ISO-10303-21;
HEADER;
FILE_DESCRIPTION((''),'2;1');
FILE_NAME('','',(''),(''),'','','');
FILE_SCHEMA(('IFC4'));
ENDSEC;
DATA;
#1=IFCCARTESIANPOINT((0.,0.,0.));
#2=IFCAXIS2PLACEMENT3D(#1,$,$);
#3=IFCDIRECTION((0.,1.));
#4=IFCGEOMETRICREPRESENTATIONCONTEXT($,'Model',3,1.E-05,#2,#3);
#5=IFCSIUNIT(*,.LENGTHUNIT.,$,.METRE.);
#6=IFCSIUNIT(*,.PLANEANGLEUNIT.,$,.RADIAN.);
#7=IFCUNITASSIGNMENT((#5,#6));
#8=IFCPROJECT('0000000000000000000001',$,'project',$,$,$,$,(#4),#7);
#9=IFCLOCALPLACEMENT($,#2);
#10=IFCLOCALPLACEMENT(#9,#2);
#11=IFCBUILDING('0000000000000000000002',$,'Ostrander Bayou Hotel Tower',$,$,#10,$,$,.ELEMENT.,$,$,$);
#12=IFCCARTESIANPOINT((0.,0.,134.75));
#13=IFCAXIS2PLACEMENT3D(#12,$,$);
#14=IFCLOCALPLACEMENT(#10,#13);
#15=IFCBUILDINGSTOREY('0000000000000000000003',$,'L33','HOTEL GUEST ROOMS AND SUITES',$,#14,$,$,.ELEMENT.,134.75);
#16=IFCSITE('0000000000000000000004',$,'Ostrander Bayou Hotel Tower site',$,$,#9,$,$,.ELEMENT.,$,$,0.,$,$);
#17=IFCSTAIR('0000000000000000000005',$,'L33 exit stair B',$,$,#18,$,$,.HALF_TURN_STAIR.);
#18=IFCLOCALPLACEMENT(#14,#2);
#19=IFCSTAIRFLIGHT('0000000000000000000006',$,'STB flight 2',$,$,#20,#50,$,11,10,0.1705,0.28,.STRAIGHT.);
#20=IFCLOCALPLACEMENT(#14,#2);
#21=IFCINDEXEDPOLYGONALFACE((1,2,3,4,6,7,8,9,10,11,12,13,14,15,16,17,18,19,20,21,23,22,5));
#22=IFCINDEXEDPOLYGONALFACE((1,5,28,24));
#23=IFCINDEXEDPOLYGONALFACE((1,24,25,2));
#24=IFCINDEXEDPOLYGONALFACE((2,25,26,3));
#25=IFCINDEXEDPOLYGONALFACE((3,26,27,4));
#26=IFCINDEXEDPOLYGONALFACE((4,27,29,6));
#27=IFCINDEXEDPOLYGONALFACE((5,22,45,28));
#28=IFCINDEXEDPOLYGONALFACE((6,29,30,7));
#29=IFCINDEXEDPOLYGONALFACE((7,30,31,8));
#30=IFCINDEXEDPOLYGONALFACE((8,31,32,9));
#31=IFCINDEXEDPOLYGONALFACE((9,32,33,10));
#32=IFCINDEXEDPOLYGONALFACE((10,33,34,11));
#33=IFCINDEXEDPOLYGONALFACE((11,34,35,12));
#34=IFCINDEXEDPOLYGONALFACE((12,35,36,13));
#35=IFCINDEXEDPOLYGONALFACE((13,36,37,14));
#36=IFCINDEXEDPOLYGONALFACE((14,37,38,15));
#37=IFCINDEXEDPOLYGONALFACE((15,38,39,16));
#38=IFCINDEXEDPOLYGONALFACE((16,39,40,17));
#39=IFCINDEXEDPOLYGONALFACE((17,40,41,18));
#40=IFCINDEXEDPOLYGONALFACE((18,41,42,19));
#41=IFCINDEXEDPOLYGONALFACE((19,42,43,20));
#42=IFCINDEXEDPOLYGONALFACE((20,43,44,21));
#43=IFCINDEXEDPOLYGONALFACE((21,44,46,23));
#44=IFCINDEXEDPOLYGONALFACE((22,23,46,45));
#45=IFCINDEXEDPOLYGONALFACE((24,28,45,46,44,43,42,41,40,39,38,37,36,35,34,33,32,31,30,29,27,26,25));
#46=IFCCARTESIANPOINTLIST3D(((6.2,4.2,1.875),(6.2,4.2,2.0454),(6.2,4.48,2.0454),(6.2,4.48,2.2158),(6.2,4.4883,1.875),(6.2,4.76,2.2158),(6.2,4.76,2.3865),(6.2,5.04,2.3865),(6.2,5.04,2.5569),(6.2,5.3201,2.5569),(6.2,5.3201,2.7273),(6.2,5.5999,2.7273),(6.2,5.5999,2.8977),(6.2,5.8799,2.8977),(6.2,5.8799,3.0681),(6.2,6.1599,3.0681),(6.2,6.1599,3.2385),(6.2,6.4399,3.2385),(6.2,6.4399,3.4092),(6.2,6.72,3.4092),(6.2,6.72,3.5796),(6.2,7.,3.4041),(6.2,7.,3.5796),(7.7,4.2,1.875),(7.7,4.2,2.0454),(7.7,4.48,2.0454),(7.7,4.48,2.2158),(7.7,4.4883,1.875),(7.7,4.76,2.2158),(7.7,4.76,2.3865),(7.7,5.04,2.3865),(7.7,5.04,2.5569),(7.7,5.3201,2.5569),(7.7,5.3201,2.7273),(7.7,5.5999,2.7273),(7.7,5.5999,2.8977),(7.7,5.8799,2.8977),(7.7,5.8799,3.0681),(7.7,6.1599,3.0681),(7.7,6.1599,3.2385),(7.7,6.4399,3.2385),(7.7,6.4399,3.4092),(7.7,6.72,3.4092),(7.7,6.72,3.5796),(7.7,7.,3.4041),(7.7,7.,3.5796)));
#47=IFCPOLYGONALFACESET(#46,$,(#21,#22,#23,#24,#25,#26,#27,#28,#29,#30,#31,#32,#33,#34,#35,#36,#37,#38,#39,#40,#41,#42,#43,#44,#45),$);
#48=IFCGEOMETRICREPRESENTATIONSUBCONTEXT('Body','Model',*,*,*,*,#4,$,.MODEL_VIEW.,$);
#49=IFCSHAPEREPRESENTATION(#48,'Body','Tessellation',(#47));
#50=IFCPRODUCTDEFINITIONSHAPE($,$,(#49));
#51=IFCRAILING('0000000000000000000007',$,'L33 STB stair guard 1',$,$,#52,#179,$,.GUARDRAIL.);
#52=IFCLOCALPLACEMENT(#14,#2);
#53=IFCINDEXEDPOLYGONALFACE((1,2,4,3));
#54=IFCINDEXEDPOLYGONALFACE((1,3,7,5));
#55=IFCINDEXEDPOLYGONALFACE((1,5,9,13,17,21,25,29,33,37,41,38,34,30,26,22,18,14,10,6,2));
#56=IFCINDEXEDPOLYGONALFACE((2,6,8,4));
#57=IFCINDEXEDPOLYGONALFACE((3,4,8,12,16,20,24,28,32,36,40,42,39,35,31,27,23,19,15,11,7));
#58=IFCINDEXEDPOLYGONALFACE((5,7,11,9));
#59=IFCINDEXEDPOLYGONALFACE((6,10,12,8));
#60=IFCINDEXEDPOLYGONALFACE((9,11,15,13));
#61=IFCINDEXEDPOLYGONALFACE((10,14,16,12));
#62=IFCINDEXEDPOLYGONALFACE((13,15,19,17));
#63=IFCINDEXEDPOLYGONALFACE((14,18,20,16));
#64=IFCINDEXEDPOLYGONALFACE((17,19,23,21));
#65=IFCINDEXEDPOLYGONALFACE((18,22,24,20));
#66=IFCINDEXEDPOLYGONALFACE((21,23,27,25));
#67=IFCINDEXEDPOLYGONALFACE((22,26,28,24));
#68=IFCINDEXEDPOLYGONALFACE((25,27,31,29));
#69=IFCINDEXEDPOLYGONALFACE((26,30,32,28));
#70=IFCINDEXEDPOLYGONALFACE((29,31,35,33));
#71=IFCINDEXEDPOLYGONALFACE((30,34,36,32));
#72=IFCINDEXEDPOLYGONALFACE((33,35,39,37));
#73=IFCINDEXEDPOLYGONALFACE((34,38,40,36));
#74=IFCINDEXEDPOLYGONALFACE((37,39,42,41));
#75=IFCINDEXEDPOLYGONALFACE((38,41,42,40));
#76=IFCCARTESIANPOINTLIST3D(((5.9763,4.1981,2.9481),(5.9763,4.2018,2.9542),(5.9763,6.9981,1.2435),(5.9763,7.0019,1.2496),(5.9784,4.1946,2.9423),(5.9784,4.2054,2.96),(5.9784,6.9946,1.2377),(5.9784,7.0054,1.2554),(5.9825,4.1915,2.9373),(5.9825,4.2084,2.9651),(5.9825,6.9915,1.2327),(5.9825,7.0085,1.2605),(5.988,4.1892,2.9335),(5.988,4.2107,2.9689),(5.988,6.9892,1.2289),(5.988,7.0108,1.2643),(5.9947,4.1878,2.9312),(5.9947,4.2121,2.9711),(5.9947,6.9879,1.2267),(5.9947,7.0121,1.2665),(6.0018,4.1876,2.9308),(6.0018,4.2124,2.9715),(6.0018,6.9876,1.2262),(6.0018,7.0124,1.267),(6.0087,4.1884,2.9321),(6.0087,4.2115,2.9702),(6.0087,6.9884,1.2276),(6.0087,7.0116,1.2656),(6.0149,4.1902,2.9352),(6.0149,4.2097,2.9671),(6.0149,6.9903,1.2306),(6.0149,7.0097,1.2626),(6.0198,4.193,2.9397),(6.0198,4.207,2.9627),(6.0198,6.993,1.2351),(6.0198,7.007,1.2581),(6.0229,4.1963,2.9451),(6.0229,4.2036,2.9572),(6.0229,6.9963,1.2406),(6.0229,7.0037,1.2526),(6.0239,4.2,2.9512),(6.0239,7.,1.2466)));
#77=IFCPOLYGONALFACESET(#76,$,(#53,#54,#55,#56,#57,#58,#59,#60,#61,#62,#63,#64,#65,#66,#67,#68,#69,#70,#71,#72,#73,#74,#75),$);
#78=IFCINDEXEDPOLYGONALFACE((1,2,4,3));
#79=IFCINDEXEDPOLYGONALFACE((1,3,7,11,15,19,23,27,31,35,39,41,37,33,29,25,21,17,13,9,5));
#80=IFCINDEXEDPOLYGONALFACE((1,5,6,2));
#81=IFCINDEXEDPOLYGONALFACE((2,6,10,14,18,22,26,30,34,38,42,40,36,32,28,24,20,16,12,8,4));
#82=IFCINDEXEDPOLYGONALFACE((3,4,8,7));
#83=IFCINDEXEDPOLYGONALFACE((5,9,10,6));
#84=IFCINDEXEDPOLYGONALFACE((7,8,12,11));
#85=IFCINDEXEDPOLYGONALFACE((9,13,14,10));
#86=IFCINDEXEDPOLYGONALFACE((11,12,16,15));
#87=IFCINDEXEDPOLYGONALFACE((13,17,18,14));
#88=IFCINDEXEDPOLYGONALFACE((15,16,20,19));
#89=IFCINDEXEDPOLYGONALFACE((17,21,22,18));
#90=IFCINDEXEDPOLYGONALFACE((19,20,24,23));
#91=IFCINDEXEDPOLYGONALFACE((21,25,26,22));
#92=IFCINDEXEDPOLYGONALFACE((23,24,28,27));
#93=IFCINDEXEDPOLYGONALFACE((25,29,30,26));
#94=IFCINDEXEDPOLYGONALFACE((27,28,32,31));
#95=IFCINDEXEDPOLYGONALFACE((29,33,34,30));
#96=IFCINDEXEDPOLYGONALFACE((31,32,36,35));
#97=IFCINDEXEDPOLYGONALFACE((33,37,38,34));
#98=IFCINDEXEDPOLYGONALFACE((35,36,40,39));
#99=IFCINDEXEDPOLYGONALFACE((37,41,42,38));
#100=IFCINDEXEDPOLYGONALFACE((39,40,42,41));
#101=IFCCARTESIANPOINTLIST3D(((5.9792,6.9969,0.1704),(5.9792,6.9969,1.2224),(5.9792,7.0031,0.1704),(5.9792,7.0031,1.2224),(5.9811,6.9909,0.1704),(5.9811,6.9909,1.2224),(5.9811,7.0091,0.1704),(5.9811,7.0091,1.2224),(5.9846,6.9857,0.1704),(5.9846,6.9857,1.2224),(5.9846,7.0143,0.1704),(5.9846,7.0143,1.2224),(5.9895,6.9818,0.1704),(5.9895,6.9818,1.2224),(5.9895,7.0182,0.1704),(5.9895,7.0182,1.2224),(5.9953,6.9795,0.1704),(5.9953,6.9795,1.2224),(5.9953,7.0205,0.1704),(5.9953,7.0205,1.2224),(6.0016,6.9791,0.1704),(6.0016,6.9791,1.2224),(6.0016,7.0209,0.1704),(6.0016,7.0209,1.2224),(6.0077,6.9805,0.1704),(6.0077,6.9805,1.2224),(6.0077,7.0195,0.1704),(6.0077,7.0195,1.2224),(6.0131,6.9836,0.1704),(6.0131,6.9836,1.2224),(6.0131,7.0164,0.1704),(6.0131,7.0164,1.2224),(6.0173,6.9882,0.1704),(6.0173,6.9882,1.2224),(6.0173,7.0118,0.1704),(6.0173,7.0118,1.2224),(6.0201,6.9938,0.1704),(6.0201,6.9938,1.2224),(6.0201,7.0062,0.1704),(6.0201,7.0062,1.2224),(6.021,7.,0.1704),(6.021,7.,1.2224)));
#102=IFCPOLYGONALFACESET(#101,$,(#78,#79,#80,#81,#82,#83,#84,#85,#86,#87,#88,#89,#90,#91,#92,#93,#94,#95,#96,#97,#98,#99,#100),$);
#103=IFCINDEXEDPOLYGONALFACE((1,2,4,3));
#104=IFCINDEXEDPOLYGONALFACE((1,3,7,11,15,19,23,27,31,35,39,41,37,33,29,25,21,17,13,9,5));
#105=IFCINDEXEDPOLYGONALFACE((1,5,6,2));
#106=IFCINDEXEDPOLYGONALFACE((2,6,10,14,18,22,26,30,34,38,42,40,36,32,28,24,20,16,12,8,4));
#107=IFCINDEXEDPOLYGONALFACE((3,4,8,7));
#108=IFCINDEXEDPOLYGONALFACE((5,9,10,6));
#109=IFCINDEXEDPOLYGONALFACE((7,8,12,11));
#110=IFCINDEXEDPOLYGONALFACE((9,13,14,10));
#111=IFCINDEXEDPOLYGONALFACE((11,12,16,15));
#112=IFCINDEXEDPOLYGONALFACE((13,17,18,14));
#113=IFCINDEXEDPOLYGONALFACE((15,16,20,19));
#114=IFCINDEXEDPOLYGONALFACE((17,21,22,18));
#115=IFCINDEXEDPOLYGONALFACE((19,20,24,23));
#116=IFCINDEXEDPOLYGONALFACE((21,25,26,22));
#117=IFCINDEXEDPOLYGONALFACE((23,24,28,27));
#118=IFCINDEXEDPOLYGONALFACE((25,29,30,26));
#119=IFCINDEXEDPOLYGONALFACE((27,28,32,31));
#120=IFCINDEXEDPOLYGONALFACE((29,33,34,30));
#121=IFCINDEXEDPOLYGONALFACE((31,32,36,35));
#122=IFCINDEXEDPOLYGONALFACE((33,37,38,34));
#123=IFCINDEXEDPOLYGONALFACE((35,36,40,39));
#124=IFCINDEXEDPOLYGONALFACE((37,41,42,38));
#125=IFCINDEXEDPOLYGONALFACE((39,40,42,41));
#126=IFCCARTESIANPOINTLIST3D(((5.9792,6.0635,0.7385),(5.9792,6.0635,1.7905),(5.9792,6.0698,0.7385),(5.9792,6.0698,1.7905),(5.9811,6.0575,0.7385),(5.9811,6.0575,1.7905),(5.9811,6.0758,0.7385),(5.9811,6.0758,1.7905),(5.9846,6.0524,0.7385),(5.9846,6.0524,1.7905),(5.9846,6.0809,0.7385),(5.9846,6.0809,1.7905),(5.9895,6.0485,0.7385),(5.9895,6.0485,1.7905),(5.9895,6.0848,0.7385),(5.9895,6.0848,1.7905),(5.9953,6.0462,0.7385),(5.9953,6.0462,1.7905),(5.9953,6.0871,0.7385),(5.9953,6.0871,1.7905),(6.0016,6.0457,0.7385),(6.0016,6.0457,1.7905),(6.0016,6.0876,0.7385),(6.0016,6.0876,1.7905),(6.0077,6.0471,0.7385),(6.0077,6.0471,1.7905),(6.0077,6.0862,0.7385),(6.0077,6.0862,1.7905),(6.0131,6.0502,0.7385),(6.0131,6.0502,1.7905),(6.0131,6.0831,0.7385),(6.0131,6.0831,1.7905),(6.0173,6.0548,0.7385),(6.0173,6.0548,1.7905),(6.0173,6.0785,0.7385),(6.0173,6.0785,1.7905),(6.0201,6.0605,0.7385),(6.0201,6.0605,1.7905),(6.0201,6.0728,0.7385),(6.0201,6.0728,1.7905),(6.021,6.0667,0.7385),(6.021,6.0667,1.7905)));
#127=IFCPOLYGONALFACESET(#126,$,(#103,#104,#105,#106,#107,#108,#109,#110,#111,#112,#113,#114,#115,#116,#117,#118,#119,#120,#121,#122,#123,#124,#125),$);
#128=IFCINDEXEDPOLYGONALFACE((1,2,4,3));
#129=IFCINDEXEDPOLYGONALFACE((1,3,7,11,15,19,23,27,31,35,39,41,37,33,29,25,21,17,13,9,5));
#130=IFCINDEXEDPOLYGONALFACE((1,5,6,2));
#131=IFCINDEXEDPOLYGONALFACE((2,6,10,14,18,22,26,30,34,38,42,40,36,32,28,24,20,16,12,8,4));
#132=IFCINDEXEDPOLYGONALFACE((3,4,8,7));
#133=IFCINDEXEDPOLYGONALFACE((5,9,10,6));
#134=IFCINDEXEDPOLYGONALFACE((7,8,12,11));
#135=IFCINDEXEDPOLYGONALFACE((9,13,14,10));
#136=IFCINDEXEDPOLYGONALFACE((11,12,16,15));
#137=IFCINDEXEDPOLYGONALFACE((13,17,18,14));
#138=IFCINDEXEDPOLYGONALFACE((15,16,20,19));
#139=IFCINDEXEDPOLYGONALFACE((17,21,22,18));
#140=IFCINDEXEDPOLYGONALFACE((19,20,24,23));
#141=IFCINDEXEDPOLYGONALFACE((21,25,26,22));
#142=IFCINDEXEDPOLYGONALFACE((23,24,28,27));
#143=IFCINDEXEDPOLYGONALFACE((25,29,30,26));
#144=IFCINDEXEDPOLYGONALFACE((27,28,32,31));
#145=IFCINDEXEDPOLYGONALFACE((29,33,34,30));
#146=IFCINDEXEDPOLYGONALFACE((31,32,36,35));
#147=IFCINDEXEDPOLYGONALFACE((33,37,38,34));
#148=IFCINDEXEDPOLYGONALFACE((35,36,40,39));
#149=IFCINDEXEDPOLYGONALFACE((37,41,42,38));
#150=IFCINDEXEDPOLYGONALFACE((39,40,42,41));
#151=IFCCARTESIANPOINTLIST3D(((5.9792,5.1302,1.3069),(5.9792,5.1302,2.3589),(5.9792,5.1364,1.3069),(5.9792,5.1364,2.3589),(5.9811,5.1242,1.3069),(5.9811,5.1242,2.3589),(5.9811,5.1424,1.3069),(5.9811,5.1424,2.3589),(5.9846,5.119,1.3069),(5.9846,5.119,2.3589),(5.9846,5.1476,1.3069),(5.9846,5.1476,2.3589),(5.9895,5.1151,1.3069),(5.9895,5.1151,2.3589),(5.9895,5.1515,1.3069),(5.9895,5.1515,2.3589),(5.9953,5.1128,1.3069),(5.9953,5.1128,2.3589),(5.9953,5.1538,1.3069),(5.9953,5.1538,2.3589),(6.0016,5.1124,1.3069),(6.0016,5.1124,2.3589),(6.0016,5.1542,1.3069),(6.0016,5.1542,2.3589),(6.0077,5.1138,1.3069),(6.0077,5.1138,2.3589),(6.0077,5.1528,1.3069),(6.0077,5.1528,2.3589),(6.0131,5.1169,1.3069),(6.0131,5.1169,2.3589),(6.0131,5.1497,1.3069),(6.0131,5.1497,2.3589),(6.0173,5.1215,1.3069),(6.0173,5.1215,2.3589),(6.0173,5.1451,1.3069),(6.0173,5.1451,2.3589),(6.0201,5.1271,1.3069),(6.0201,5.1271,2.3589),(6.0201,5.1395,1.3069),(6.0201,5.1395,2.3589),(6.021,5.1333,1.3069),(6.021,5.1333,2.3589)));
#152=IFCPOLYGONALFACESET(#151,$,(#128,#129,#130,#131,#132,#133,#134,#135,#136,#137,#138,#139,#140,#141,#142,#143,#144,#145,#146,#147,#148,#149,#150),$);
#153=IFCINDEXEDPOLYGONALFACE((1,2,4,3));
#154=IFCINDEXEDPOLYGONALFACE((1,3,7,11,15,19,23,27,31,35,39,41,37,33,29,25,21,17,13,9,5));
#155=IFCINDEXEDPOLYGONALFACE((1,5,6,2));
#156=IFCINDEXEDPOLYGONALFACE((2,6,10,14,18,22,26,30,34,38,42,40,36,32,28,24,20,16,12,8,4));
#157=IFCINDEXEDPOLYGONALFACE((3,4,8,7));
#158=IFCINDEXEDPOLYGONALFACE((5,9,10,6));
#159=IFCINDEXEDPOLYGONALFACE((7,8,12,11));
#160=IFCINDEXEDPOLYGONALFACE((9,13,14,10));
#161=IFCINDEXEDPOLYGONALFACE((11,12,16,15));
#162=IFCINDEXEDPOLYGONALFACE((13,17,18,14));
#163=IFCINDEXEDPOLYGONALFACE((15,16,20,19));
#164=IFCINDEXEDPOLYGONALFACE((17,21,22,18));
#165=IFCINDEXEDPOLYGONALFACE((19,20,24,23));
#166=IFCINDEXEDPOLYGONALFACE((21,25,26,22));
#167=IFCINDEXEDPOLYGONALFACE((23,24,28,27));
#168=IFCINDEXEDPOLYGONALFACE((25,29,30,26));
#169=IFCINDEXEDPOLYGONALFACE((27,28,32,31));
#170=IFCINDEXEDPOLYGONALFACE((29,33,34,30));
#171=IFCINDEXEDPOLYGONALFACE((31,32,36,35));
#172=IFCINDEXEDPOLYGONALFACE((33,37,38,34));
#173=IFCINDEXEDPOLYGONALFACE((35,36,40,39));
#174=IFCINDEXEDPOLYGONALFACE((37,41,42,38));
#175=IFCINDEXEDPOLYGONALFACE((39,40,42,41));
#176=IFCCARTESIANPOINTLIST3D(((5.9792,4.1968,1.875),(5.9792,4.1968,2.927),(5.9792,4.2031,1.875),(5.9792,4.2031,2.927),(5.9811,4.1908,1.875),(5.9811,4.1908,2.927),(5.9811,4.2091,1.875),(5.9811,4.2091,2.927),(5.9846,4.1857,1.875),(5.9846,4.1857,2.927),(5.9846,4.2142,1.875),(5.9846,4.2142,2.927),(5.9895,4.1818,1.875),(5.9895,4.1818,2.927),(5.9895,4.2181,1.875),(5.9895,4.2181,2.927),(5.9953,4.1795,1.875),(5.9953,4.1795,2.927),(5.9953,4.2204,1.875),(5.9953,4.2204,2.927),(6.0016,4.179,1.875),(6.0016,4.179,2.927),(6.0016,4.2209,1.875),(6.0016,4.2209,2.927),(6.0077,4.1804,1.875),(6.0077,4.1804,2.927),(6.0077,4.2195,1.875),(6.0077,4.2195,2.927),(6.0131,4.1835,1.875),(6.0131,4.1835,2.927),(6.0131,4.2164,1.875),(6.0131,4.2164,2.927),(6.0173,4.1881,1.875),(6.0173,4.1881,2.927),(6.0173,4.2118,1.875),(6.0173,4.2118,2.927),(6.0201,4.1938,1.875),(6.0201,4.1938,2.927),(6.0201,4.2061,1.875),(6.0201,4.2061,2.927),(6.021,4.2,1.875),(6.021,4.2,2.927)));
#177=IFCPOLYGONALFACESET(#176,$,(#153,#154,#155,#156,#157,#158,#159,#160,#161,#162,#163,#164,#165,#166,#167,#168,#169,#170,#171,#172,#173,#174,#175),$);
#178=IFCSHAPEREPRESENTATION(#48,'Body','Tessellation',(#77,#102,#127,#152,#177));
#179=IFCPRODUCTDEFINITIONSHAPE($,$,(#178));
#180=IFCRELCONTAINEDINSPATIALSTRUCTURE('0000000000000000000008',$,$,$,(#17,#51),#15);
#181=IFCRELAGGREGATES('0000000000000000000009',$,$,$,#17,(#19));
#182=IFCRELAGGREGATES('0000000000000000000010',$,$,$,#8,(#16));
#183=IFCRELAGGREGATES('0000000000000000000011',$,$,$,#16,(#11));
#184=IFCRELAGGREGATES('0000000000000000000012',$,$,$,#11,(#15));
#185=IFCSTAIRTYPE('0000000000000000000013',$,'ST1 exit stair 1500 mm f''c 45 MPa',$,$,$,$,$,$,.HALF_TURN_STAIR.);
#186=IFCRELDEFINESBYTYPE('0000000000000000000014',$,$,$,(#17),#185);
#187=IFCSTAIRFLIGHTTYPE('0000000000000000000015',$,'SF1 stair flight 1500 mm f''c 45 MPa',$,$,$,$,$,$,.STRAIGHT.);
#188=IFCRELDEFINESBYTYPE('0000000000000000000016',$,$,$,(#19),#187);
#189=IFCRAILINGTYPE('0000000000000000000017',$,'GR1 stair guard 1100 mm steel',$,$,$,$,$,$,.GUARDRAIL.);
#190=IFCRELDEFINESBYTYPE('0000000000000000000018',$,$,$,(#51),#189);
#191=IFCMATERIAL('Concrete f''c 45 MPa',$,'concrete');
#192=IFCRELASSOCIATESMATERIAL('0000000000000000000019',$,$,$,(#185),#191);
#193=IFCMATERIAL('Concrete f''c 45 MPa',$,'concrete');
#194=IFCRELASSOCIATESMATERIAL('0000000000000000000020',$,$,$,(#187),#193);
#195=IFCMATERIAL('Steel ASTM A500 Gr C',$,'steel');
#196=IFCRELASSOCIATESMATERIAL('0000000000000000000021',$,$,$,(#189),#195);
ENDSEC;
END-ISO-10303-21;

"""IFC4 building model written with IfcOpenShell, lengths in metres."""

from ifc_helpers import new_model, si_unit, direction, frame, origin, origin_2d, place, context, subcontext, project, spatial, polyline, circle, outline, extrude, material, type_object, element, aggregate, save


model = new_model("IFC4")

# Units and contexts
model_context = context("Model", 3, precision=1e-05, world=origin(), true_north=direction((0.0, 1.0)))
body_context = subcontext(model_context, "Body", "Model", "MODEL_VIEW")
ifc_project = project(units=[si_unit("LENGTHUNIT", "METRE"), si_unit("PLANEANGLEUNIT", "RADIAN")], contexts=[model_context])

# Site, building, storey
site_placement = place(None, origin())
site = spatial("IfcSite", under=ifc_project, at=site_placement, Name="Ostrander Bayou Hotel Tower site", CompositionType="ELEMENT", RefElevation=0.0)
building_placement = place(site_placement, origin())
building = spatial("IfcBuilding", under=site, at=building_placement, Name="Ostrander Bayou Hotel Tower", CompositionType="ELEMENT")
storey_placement = place(building_placement, frame((0.0, 0.0, 134.75)))
storey = spatial("IfcBuildingStorey", under=building, at=storey_placement, Name="L33", Description="HOTEL GUEST ROOMS AND SUITES", CompositionType="ELEMENT", Elevation=134.75)

# Stair, stair flight
ifc_material_1 = material(Name="Concrete f'c 45 MPa", Category="concrete")
stair_type = type_object("IfcStairType", Name="ST1 exit stair 1500 mm f'c 45 MPa", PredefinedType="HALF_TURN_STAIR", material=ifc_material_1)
stair_placement = place(storey_placement, origin())
stair = element("IfcStair", 1, at=stair_placement, inside=storey, type_object=stair_type, Name="L33 exit stair B", PredefinedType="HALF_TURN_STAIR")
ifc_material_2 = material(Name="Concrete f'c 45 MPa", Category="concrete")
stair_flight_type = type_object("IfcStairFlightType", Name="SF1 stair flight 1500 mm f'c 45 MPa", PredefinedType="STRAIGHT", material=ifc_material_2)
stair_flight_1_placement = place(storey_placement, frame((6.95, 4.2, 1.875), z_axis=(0.0, 0.0, 1.0), x_axis=(0.0, 1.0, 0.0)))
stair_flight_1 = element("IfcStairFlight", 2, at=stair_flight_1_placement, type_object=stair_flight_type, Name="STB flight 2", NumberOfRisers=11, NumberOfTreads=10, PredefinedType="STRAIGHT", RiserHeight=0.1705, TreadLength=0.28, context=body_context, shape_type="SweptSolid", body=[
    extrude(outline(polyline([(0.0, 0.0), (0.0, 0.1704), (0.28, 0.1704), (0.28, 0.3408), (0.5601, 0.3408), (0.5601, 0.5115), (0.8401, 0.5115), (0.8401, 0.6819), (1.1201, 0.6819), (1.1201, 0.8523), (1.3999, 0.8523), (1.3999, 1.0227), (1.6799, 1.0227), (1.6799, 1.1931), (1.96, 1.1931), (1.96, 1.3635), (2.24, 1.3635), (2.24, 1.5342), (2.52, 1.5342), (2.52, 1.7046), (2.8, 1.7046), (2.8, 1.875), (2.8, 1.5291), (0.2883, 0.0), (0.0, 0.0)])), frame((0.0, 0.75, 0.0), z_axis=(0.0, -1.0, 0.0), x_axis=(1.0, 0.0, 0.0)), (0.0, 0.0, 1.0), 1.5),
])
aggregate(stair, [stair_flight_1])

# Railing
ifc_material_3 = material(Name="Steel ASTM A500 Gr C", Category="steel")
railing_type_1 = type_object("IfcRailingType", Name="GR1 stair guard 1100 mm steel", PredefinedType="GUARDRAIL", material=ifc_material_3)
railing_1_placement = place(storey_placement, frame((6.0, 7.0, 0.1704)))
element("IfcRailing", 3, at=railing_1_placement, inside=storey, type_object=railing_type_1, Name="L33 STB stair guard 1", PredefinedType="GUARDRAIL", context=body_context, shape_type="SweptSolid", body=[
    extrude(circle(Radius=0.0239, at=origin_2d()), frame((0.0, 0.0, 1.0762), z_axis=(0.0, -0.85417, 0.519994), x_axis=(1.0, 0.0, 0.0)), (0.0, 0.0, 1.0), 3.2781),
    extrude(circle(Radius=0.021, at=origin_2d()), origin(), (0.0, 0.0, 1.0), 1.052),
    extrude(circle(Radius=0.021, at=origin_2d()), frame((0.0, -0.9333, 0.5681)), (0.0, 0.0, 1.0), 1.052),
    extrude(circle(Radius=0.021, at=origin_2d()), frame((0.0, -1.8667, 1.1365)), (0.0, 0.0, 1.0), 1.052),
    extrude(circle(Radius=0.021, at=origin_2d()), frame((0.0, -2.8, 1.7046)), (0.0, 0.0, 1.0), 1.052),
])

save(model, "model.ifc")
